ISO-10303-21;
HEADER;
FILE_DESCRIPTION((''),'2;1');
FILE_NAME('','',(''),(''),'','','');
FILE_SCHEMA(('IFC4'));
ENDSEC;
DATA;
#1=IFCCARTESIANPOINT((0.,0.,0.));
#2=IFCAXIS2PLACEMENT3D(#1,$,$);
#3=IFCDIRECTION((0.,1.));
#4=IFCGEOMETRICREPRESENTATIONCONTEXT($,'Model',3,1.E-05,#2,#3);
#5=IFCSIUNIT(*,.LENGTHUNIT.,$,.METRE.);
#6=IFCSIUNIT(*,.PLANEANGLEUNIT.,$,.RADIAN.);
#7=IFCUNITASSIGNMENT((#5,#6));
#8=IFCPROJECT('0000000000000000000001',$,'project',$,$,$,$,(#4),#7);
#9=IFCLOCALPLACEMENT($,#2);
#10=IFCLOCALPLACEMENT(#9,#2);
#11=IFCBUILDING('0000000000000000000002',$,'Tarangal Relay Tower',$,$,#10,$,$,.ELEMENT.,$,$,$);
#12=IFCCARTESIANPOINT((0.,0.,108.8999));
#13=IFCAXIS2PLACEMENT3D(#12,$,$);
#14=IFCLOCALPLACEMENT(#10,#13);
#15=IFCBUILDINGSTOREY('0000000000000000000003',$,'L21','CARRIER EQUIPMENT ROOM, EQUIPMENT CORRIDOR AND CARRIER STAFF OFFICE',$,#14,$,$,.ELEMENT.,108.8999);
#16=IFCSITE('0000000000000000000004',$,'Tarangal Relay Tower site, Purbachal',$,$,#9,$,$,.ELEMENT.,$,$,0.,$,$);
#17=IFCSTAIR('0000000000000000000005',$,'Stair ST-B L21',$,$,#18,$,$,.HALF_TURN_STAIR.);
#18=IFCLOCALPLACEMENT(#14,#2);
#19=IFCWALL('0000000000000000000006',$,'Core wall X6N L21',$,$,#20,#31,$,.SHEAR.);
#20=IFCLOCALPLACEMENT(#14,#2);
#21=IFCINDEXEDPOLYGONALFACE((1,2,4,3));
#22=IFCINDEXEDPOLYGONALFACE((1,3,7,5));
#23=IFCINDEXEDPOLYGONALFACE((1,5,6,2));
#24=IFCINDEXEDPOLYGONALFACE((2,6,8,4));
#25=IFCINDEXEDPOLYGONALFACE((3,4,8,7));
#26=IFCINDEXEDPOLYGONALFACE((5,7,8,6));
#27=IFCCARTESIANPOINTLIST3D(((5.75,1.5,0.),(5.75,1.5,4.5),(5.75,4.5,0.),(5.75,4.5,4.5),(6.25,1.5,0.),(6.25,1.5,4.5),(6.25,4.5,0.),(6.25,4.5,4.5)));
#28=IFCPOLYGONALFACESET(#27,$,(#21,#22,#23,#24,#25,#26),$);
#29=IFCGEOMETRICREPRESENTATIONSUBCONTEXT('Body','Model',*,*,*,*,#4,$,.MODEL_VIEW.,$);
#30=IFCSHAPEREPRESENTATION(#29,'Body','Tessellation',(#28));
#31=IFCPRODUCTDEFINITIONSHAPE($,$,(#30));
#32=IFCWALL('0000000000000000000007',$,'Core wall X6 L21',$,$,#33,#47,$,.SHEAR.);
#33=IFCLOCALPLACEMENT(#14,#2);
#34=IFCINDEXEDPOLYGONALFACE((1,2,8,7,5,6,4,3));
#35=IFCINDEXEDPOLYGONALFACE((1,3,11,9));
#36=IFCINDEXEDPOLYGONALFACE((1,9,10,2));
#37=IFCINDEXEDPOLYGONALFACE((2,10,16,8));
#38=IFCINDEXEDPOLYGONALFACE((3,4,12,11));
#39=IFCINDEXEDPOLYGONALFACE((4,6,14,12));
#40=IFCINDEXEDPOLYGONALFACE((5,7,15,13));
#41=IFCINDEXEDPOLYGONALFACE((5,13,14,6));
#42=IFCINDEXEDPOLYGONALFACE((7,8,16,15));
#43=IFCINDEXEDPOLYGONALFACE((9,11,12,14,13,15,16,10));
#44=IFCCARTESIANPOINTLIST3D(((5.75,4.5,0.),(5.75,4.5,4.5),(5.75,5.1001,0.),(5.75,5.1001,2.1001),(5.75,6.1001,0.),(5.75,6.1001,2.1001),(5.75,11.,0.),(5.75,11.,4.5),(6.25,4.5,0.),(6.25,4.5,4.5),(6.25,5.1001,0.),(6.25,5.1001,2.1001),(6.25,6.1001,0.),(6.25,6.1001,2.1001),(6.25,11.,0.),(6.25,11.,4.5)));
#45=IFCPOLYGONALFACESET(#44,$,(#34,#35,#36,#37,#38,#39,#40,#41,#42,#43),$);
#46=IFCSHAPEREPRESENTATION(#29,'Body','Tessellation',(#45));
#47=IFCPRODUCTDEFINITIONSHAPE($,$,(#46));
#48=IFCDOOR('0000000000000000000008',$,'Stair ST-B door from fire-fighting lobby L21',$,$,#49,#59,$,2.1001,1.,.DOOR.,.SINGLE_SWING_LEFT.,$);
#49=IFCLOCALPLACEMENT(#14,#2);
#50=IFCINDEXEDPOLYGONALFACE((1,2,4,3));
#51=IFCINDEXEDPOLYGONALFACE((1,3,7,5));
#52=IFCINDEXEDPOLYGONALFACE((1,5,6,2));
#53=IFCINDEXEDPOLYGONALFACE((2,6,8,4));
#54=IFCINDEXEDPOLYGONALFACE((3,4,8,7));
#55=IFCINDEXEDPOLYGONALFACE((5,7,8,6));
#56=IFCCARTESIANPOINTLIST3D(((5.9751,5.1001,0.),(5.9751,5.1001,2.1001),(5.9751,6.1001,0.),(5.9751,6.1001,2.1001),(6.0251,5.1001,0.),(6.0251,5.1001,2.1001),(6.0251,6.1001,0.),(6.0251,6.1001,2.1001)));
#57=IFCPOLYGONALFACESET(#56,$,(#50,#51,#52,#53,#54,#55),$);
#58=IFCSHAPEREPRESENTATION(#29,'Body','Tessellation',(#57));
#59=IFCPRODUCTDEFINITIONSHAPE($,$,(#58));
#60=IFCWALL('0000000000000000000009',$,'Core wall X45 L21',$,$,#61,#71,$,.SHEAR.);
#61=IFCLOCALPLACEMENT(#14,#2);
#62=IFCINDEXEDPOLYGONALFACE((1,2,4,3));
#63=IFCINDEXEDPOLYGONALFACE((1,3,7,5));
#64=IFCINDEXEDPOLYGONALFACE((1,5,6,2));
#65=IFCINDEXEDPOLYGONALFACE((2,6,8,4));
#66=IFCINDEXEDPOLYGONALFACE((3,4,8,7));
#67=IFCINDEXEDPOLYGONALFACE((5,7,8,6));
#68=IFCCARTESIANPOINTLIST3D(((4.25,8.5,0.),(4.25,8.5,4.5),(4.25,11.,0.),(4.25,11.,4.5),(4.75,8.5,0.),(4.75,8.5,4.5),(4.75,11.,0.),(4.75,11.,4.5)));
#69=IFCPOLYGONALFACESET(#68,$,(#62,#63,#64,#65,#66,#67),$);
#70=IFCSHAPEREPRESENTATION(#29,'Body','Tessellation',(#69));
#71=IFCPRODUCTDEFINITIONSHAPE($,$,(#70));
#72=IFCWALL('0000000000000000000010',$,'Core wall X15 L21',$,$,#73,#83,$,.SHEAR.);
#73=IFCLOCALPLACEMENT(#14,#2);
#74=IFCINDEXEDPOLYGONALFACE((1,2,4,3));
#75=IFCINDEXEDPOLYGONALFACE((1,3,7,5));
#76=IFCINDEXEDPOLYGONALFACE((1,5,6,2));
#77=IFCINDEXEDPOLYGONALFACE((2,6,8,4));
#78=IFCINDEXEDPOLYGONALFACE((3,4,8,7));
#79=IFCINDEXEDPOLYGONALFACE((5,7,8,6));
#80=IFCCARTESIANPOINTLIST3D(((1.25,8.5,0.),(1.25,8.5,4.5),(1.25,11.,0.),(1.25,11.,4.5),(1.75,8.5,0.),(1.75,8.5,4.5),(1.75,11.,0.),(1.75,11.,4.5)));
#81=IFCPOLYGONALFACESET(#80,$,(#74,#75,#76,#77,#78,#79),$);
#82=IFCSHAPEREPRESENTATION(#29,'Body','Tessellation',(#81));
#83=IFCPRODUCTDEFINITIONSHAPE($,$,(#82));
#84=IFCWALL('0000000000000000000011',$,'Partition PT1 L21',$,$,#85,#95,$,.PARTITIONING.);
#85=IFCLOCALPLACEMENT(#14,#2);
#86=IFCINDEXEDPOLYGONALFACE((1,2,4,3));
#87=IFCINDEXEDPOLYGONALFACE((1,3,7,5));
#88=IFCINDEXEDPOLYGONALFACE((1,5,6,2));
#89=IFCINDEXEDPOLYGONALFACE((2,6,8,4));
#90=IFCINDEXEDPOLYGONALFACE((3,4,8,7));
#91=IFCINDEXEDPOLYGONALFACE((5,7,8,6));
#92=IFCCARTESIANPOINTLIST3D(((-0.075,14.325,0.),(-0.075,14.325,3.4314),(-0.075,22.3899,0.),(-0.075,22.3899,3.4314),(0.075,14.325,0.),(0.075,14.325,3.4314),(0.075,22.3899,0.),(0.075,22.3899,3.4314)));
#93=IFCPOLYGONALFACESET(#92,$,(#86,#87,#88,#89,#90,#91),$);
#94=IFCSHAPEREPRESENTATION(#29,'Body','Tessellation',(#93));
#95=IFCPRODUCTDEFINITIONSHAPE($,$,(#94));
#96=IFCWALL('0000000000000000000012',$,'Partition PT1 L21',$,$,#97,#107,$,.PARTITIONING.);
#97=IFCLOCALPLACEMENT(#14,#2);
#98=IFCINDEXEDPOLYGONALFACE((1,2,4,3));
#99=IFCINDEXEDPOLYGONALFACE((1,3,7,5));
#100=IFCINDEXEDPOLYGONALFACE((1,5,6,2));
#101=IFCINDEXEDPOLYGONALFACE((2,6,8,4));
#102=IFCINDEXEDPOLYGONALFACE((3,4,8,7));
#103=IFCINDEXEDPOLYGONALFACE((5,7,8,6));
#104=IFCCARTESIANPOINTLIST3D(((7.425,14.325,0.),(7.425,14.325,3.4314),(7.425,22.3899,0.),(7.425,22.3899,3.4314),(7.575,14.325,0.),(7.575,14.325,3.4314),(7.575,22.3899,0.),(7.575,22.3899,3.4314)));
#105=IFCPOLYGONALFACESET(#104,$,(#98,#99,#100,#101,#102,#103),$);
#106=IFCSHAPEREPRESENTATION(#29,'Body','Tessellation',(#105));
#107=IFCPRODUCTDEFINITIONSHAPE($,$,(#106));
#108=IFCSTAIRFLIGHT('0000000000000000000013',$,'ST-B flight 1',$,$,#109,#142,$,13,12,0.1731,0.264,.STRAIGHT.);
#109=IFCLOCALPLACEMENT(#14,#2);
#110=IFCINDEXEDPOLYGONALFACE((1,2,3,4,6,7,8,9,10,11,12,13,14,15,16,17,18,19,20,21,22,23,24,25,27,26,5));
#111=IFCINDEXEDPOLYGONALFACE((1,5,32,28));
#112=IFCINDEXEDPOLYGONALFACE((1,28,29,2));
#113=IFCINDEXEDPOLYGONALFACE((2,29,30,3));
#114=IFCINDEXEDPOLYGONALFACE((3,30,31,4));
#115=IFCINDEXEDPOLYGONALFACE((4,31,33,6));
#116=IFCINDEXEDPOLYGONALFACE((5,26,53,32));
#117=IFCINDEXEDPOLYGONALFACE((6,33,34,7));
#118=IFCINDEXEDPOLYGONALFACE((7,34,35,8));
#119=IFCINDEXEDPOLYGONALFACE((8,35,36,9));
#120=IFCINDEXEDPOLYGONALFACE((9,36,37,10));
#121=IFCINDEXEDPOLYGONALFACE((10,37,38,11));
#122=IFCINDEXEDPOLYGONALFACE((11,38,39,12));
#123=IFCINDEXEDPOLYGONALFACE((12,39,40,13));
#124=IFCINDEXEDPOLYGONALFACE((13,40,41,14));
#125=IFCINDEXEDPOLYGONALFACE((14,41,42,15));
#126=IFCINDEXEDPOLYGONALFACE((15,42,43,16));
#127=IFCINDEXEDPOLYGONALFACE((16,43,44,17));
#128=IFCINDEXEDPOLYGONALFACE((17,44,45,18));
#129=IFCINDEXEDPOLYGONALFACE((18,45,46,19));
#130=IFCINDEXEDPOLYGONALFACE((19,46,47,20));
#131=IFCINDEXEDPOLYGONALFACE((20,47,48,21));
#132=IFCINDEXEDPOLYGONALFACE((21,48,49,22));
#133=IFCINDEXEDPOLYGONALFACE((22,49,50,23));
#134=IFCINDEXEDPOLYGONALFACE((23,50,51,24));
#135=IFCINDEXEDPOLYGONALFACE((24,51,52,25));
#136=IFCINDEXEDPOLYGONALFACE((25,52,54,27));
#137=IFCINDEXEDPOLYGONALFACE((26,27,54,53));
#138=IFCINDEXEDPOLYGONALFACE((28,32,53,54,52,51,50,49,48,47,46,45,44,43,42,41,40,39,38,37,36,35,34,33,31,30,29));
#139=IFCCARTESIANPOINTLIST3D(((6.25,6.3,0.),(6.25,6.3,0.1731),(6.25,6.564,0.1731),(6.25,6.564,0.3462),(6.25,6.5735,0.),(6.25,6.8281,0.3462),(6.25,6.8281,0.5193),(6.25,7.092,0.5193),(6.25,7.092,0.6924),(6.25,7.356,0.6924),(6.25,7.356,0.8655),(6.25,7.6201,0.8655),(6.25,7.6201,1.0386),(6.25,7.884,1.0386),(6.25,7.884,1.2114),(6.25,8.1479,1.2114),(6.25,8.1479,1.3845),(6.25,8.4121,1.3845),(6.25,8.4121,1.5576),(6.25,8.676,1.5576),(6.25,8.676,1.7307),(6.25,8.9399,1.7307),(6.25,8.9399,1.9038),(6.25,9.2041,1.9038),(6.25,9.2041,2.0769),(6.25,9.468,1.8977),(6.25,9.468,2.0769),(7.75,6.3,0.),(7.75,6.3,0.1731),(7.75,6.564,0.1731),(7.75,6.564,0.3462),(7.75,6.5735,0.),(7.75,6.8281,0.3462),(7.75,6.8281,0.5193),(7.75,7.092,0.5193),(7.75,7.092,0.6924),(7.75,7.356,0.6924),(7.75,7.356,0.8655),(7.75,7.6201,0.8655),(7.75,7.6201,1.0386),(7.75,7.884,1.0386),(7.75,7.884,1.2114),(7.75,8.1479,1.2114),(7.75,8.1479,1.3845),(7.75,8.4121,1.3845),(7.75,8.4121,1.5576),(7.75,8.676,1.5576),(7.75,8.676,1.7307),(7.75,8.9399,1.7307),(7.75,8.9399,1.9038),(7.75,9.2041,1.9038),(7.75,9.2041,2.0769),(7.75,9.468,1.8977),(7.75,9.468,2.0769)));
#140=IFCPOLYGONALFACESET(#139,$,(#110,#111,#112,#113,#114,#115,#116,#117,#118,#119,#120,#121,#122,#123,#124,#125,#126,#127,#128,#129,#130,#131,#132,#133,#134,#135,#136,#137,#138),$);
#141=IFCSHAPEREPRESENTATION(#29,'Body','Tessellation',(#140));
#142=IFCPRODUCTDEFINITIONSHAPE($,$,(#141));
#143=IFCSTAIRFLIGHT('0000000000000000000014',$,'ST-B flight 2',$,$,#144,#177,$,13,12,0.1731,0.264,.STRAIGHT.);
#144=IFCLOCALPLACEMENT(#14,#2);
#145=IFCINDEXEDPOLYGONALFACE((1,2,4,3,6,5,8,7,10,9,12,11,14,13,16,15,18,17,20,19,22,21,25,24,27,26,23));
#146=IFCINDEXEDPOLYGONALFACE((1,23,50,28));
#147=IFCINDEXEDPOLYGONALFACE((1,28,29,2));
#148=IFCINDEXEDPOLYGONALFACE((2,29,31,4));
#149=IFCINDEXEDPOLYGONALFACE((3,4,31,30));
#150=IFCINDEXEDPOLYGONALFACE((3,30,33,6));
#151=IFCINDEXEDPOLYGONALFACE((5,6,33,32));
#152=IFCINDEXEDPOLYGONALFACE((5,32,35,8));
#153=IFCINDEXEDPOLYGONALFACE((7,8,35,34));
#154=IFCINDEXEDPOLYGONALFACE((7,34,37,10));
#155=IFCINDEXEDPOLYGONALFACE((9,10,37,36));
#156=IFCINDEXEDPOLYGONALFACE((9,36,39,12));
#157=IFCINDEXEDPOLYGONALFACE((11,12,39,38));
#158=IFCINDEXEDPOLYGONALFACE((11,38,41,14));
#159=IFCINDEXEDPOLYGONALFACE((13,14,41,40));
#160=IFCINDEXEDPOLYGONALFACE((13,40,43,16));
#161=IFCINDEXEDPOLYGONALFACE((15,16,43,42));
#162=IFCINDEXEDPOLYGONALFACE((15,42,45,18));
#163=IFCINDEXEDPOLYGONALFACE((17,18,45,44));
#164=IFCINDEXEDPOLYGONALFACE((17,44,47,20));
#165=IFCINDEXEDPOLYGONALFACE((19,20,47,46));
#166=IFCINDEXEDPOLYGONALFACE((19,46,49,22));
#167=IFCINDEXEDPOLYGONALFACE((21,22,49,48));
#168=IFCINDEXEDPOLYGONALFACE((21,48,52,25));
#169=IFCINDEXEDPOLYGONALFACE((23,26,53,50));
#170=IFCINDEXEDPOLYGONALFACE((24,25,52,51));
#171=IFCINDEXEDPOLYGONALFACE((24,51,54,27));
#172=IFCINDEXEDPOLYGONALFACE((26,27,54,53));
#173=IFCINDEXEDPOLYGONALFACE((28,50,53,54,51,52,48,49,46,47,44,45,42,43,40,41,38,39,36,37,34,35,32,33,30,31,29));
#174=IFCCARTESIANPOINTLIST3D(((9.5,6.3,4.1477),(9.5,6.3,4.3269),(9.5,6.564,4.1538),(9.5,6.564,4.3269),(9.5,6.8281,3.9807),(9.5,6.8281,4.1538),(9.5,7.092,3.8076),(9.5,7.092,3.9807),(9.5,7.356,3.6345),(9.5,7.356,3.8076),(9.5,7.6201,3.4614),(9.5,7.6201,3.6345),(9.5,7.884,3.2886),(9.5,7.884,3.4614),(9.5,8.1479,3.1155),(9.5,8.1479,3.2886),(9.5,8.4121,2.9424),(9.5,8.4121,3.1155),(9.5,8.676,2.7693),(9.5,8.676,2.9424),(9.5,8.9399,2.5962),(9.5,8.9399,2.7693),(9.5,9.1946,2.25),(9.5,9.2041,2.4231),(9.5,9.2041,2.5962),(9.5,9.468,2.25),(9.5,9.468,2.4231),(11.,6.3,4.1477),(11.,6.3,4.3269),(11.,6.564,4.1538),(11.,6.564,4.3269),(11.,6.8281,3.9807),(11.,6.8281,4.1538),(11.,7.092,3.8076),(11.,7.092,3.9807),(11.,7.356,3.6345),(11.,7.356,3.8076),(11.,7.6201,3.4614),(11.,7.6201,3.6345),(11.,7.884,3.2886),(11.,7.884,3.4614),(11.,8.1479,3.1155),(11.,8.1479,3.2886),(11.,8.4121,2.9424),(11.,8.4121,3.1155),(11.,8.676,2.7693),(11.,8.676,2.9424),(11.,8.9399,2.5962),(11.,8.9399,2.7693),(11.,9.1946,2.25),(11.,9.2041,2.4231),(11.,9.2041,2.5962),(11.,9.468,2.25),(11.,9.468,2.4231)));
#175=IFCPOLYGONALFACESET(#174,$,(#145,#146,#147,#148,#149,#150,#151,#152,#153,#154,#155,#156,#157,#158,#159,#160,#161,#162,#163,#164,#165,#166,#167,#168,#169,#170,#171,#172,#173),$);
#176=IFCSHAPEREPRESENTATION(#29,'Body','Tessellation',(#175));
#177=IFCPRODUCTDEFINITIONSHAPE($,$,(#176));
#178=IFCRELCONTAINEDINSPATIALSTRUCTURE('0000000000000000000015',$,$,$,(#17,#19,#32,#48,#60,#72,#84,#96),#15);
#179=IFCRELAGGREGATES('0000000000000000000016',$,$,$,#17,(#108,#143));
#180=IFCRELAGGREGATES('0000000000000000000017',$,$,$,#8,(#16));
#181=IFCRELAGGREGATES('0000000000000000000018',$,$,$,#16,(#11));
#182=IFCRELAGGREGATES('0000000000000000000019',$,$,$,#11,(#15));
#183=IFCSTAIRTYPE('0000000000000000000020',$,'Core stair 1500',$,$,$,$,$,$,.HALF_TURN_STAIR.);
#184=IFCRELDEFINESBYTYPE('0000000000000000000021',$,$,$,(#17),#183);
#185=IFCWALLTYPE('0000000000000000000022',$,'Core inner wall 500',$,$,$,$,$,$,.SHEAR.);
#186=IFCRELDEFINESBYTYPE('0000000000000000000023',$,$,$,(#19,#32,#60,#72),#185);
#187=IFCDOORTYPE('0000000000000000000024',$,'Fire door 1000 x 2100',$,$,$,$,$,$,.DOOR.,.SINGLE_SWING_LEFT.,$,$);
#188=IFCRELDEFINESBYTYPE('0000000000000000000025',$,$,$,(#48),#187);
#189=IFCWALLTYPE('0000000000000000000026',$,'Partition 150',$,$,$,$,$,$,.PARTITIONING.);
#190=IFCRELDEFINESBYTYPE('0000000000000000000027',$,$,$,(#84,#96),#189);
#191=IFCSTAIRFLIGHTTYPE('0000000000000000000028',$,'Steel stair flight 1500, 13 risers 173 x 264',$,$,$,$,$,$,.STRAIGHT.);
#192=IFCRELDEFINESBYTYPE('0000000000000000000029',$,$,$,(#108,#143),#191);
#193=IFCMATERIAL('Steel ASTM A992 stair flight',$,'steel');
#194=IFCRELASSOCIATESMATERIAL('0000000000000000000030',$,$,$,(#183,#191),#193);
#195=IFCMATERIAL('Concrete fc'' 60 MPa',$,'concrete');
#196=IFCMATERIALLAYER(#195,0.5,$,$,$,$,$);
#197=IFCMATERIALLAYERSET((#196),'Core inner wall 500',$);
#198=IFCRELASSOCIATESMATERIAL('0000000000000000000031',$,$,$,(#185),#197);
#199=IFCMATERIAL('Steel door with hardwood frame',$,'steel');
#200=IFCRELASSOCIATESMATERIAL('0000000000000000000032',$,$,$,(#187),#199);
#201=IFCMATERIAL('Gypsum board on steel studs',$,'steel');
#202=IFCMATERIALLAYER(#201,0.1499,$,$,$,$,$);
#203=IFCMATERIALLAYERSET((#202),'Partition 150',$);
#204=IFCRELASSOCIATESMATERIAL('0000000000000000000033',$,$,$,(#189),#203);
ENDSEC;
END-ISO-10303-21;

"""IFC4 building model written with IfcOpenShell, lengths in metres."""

from ifc_helpers import new_model, si_unit, direction, frame, frame_2d, origin, place, context, subcontext, project, spatial, polyline, rectangle, outline, extrude, material, layer, layer_set, type_object, element, fill, aggregate, save


model = new_model("IFC4")

# Units and contexts
model_context = context("Model", 3, precision=1e-05, world=origin(), true_north=direction((0.0, 1.0)))
body_context = subcontext(model_context, "Body", "Model", "MODEL_VIEW")
ifc_project = project(units=[si_unit("LENGTHUNIT", "METRE"), si_unit("PLANEANGLEUNIT", "RADIAN")], contexts=[model_context])

# Site, building, storey
site_placement = place(None, origin())
site = spatial("IfcSite", under=ifc_project, at=site_placement, Name="Tarangal Relay Tower site, Purbachal", CompositionType="ELEMENT", RefElevation=0.0)
building_placement = place(site_placement, origin())
building = spatial("IfcBuilding", under=site, at=building_placement, Name="Tarangal Relay Tower", CompositionType="ELEMENT")
storey_placement = place(building_placement, frame((0.0, 0.0, 108.8999)))
storey = spatial("IfcBuildingStorey", under=building, at=storey_placement, Name="L21", Description="CARRIER EQUIPMENT ROOM, EQUIPMENT CORRIDOR AND CARRIER STAFF OFFICE", CompositionType="ELEMENT", Elevation=108.8999)

# Stair
ifc_material_1 = material(Name="Steel ASTM A992 stair flight", Category="steel")
stair_type = type_object("IfcStairType", Name="Core stair 1500", PredefinedType="HALF_TURN_STAIR", material=ifc_material_1)
stair_1_placement = place(storey_placement, origin())
stair_1 = element("IfcStair", 1, at=stair_1_placement, inside=storey, type_object=stair_type, Name="Stair ST-B L21", PredefinedType="HALF_TURN_STAIR")

# Wall
ifc_material_2 = material(Name="Concrete fc' 60 MPa", Category="concrete")
ifc_layer_1 = layer(ifc_material_2, 0.5)
ifc_layer_set_1 = layer_set([ifc_layer_1], Name="Core inner wall 500")
wall_type_1 = type_object("IfcWallType", Name="Core inner wall 500", PredefinedType="SHEAR", material=ifc_layer_set_1)
for number, where, z_axis, x_axis, name in (
    (2, (6.0, 1.5, 0.0), (0.0, 0.0, 1.0), (0.0, 1.0, 0.0), "Core wall X6N L21"),
):
    element("IfcWall", number, at=place(storey_placement, frame(where, z_axis=z_axis, x_axis=x_axis)), inside=storey, type_object=wall_type_1, Name=name, PredefinedType="SHEAR", context=body_context, shape_type="SweptSolid", body=[
        extrude(rectangle(XDim=3.0, YDim=0.5, at=frame_2d((1.5, 0.0))), origin(), (0.0, 0.0, 1.0), 4.5),
    ])

# Wall, opening, door
wall_placement = place(storey_placement, frame((6.0, 4.5, 0.0), z_axis=(0.0, 0.0, 1.0), x_axis=(0.0, 1.0, 0.0)))
wall = element("IfcWall", 3, at=wall_placement, inside=storey, type_object=wall_type_1, Name="Core wall X6 L21", PredefinedType="SHEAR", context=body_context, shape_type="SweptSolid", body=[
    extrude(rectangle(XDim=6.5, YDim=0.5, at=frame_2d((3.25, 0.0))), origin(), (0.0, 0.0, 1.0), 4.5),
])
opening_placement = place(wall_placement, frame((0.6001, 0.0, 0.0)))
opening = element("IfcOpeningElement", 4, at=opening_placement, cuts=wall, PredefinedType="OPENING", context=body_context, shape_type="SweptSolid", body=[
    extrude(rectangle(XDim=1.0, YDim=2.1001, at=frame_2d((0.5, 1.05))), frame((0.0, 0.26, 0.0), z_axis=(0.0, -1.0, 0.0), x_axis=(1.0, 0.0, 0.0)), (0.0, 0.0, 1.0), 0.52),
])
ifc_material_3 = material(Name="Steel door with hardwood frame", Category="steel")
door_type = type_object("IfcDoorType", Name="Fire door 1000 x 2100", OperationType="SINGLE_SWING_LEFT", PredefinedType="DOOR", material=ifc_material_3)
door_placement = place(opening_placement, origin())
door = element("IfcDoor", 5, at=door_placement, inside=storey, type_object=door_type, Name="Stair ST-B door from fire-fighting lobby L21", OperationType="SINGLE_SWING_LEFT", OverallHeight=2.1001, OverallWidth=1.0, PredefinedType="DOOR", context=body_context, shape_type="SweptSolid", body=[
    extrude(rectangle(XDim=1.0, YDim=2.1001, at=frame_2d((0.5, 1.05))), frame((0.0, 0.0249, 0.0), z_axis=(0.0, -1.0, 0.0), x_axis=(1.0, 0.0, 0.0)), (0.0, 0.0, 1.0), 0.05),
])
fill(opening, door)

# Walls
for number, where, z_axis, x_axis, name in (
    (6, (4.5, 8.5, 0.0), (0.0, 0.0, 1.0), (0.0, 1.0, 0.0), "Core wall X45 L21"),
    (7, (1.5, 8.5, 0.0), (0.0, 0.0, 1.0), (0.0, 1.0, 0.0), "Core wall X15 L21"),
):
    element("IfcWall", number, at=place(storey_placement, frame(where, z_axis=z_axis, x_axis=x_axis)), inside=storey, type_object=wall_type_1, Name=name, PredefinedType="SHEAR", context=body_context, shape_type="SweptSolid", body=[
        extrude(rectangle(XDim=2.5, YDim=0.5, at=frame_2d((1.25, 0.0))), origin(), (0.0, 0.0, 1.0), 4.5),
    ])
ifc_material_4 = material(Name="Gypsum board on steel studs", Category="steel")
ifc_layer_2 = layer(ifc_material_4, 0.1499)
ifc_layer_set_2 = layer_set([ifc_layer_2], Name="Partition 150")
wall_type_2 = type_object("IfcWallType", Name="Partition 150", PredefinedType="PARTITIONING", material=ifc_layer_set_2)
for number, where, z_axis, x_axis, name in (
    (8, (0.0, 14.325, 0.0), (0.0, 0.0, 1.0), (0.0, 1.0, 0.0), "Partition PT1 L21"),
    (9, (7.5, 14.325, 0.0), (0.0, 0.0, 1.0), (0.0, 1.0, 0.0), "Partition PT1 L21"),
):
    element("IfcWall", number, at=place(storey_placement, frame(where, z_axis=z_axis, x_axis=x_axis)), inside=storey, type_object=wall_type_2, Name=name, PredefinedType="PARTITIONING", context=body_context, shape_type="SweptSolid", body=[
        extrude(rectangle(XDim=8.0649, YDim=0.1499, at=frame_2d((4.0325, 0.0))), origin(), (0.0, 0.0, 1.0), 3.4314),
    ])

# Stair flights
stair_flight_type = type_object("IfcStairFlightType", Name="Steel stair flight 1500, 13 risers 173 x 264", PredefinedType="STRAIGHT", material=ifc_material_1)
stair_flight_1_placement = place(storey_placement, frame((7.0, 6.3, 0.0), z_axis=(0.0, 0.0, 1.0), x_axis=(0.0, 1.0, 0.0)))
stair_flight_1 = element("IfcStairFlight", 10, at=stair_flight_1_placement, type_object=stair_flight_type, Name="ST-B flight 1", NumberOfRisers=13, NumberOfTreads=12, PredefinedType="STRAIGHT", RiserHeight=0.1731, TreadLength=0.264, context=body_context, shape_type="SweptSolid", body=[
    extrude(outline(polyline([(0.0, 0.0), (0.0, 0.1731), (0.2639, 0.1731), (0.2639, 0.3462), (0.5281, 0.3462), (0.5281, 0.5193), (0.792, 0.5193), (0.792, 0.6924), (1.0559, 0.6924), (1.0559, 0.8655), (1.3201, 0.8655), (1.3201, 1.0386), (1.584, 1.0386), (1.584, 1.2114), (1.8479, 1.2114), (1.8479, 1.3845), (2.1121, 1.3845), (2.1121, 1.5576), (2.376, 1.5576), (2.376, 1.7307), (2.6399, 1.7307), (2.6399, 1.9038), (2.9041, 1.9038), (2.9041, 2.0769), (3.168, 2.0769), (3.168, 2.25), (3.168, 1.8977), (0.2734, 0.0), (0.0, 0.0)])), frame((0.0, 0.75, 0.0), z_axis=(0.0, -1.0, 0.0), x_axis=(1.0, 0.0, 0.0)), (0.0, 0.0, 1.0), 1.5),
])
stair_flight_2_placement = place(storey_placement, frame((10.25, 9.468, 2.25), z_axis=(0.0, 0.0, 1.0), x_axis=(0.0, -1.0, 0.0)))
stair_flight_2 = element("IfcStairFlight", 11, at=stair_flight_2_placement, type_object=stair_flight_type, Name="ST-B flight 2", NumberOfRisers=13, NumberOfTreads=12, PredefinedType="STRAIGHT", RiserHeight=0.1731, TreadLength=0.264, context=body_context, shape_type="SweptSolid", body=[
    extrude(outline(polyline([(0.0, 0.0), (0.0, 0.1731), (0.2639, 0.1731), (0.2639, 0.3462), (0.5281, 0.3462), (0.5281, 0.5193), (0.792, 0.5193), (0.792, 0.6924), (1.0559, 0.6924), (1.0559, 0.8655), (1.3201, 0.8655), (1.3201, 1.0386), (1.584, 1.0386), (1.584, 1.2114), (1.8479, 1.2114), (1.8479, 1.3845), (2.1121, 1.3845), (2.1121, 1.5576), (2.376, 1.5576), (2.376, 1.7307), (2.6399, 1.7307), (2.6399, 1.9038), (2.9041, 1.9038), (2.9041, 2.0769), (3.168, 2.0769), (3.168, 2.25), (3.168, 1.8977), (0.2734, 0.0), (0.0, 0.0)])), frame((0.0, 0.75, 0.0), z_axis=(0.0, -1.0, 0.0), x_axis=(1.0, 0.0, 0.0)), (0.0, 0.0, 1.0), 1.5),
])
aggregate(stair_1, [stair_flight_1, stair_flight_2])

save(model, "model.ifc")
